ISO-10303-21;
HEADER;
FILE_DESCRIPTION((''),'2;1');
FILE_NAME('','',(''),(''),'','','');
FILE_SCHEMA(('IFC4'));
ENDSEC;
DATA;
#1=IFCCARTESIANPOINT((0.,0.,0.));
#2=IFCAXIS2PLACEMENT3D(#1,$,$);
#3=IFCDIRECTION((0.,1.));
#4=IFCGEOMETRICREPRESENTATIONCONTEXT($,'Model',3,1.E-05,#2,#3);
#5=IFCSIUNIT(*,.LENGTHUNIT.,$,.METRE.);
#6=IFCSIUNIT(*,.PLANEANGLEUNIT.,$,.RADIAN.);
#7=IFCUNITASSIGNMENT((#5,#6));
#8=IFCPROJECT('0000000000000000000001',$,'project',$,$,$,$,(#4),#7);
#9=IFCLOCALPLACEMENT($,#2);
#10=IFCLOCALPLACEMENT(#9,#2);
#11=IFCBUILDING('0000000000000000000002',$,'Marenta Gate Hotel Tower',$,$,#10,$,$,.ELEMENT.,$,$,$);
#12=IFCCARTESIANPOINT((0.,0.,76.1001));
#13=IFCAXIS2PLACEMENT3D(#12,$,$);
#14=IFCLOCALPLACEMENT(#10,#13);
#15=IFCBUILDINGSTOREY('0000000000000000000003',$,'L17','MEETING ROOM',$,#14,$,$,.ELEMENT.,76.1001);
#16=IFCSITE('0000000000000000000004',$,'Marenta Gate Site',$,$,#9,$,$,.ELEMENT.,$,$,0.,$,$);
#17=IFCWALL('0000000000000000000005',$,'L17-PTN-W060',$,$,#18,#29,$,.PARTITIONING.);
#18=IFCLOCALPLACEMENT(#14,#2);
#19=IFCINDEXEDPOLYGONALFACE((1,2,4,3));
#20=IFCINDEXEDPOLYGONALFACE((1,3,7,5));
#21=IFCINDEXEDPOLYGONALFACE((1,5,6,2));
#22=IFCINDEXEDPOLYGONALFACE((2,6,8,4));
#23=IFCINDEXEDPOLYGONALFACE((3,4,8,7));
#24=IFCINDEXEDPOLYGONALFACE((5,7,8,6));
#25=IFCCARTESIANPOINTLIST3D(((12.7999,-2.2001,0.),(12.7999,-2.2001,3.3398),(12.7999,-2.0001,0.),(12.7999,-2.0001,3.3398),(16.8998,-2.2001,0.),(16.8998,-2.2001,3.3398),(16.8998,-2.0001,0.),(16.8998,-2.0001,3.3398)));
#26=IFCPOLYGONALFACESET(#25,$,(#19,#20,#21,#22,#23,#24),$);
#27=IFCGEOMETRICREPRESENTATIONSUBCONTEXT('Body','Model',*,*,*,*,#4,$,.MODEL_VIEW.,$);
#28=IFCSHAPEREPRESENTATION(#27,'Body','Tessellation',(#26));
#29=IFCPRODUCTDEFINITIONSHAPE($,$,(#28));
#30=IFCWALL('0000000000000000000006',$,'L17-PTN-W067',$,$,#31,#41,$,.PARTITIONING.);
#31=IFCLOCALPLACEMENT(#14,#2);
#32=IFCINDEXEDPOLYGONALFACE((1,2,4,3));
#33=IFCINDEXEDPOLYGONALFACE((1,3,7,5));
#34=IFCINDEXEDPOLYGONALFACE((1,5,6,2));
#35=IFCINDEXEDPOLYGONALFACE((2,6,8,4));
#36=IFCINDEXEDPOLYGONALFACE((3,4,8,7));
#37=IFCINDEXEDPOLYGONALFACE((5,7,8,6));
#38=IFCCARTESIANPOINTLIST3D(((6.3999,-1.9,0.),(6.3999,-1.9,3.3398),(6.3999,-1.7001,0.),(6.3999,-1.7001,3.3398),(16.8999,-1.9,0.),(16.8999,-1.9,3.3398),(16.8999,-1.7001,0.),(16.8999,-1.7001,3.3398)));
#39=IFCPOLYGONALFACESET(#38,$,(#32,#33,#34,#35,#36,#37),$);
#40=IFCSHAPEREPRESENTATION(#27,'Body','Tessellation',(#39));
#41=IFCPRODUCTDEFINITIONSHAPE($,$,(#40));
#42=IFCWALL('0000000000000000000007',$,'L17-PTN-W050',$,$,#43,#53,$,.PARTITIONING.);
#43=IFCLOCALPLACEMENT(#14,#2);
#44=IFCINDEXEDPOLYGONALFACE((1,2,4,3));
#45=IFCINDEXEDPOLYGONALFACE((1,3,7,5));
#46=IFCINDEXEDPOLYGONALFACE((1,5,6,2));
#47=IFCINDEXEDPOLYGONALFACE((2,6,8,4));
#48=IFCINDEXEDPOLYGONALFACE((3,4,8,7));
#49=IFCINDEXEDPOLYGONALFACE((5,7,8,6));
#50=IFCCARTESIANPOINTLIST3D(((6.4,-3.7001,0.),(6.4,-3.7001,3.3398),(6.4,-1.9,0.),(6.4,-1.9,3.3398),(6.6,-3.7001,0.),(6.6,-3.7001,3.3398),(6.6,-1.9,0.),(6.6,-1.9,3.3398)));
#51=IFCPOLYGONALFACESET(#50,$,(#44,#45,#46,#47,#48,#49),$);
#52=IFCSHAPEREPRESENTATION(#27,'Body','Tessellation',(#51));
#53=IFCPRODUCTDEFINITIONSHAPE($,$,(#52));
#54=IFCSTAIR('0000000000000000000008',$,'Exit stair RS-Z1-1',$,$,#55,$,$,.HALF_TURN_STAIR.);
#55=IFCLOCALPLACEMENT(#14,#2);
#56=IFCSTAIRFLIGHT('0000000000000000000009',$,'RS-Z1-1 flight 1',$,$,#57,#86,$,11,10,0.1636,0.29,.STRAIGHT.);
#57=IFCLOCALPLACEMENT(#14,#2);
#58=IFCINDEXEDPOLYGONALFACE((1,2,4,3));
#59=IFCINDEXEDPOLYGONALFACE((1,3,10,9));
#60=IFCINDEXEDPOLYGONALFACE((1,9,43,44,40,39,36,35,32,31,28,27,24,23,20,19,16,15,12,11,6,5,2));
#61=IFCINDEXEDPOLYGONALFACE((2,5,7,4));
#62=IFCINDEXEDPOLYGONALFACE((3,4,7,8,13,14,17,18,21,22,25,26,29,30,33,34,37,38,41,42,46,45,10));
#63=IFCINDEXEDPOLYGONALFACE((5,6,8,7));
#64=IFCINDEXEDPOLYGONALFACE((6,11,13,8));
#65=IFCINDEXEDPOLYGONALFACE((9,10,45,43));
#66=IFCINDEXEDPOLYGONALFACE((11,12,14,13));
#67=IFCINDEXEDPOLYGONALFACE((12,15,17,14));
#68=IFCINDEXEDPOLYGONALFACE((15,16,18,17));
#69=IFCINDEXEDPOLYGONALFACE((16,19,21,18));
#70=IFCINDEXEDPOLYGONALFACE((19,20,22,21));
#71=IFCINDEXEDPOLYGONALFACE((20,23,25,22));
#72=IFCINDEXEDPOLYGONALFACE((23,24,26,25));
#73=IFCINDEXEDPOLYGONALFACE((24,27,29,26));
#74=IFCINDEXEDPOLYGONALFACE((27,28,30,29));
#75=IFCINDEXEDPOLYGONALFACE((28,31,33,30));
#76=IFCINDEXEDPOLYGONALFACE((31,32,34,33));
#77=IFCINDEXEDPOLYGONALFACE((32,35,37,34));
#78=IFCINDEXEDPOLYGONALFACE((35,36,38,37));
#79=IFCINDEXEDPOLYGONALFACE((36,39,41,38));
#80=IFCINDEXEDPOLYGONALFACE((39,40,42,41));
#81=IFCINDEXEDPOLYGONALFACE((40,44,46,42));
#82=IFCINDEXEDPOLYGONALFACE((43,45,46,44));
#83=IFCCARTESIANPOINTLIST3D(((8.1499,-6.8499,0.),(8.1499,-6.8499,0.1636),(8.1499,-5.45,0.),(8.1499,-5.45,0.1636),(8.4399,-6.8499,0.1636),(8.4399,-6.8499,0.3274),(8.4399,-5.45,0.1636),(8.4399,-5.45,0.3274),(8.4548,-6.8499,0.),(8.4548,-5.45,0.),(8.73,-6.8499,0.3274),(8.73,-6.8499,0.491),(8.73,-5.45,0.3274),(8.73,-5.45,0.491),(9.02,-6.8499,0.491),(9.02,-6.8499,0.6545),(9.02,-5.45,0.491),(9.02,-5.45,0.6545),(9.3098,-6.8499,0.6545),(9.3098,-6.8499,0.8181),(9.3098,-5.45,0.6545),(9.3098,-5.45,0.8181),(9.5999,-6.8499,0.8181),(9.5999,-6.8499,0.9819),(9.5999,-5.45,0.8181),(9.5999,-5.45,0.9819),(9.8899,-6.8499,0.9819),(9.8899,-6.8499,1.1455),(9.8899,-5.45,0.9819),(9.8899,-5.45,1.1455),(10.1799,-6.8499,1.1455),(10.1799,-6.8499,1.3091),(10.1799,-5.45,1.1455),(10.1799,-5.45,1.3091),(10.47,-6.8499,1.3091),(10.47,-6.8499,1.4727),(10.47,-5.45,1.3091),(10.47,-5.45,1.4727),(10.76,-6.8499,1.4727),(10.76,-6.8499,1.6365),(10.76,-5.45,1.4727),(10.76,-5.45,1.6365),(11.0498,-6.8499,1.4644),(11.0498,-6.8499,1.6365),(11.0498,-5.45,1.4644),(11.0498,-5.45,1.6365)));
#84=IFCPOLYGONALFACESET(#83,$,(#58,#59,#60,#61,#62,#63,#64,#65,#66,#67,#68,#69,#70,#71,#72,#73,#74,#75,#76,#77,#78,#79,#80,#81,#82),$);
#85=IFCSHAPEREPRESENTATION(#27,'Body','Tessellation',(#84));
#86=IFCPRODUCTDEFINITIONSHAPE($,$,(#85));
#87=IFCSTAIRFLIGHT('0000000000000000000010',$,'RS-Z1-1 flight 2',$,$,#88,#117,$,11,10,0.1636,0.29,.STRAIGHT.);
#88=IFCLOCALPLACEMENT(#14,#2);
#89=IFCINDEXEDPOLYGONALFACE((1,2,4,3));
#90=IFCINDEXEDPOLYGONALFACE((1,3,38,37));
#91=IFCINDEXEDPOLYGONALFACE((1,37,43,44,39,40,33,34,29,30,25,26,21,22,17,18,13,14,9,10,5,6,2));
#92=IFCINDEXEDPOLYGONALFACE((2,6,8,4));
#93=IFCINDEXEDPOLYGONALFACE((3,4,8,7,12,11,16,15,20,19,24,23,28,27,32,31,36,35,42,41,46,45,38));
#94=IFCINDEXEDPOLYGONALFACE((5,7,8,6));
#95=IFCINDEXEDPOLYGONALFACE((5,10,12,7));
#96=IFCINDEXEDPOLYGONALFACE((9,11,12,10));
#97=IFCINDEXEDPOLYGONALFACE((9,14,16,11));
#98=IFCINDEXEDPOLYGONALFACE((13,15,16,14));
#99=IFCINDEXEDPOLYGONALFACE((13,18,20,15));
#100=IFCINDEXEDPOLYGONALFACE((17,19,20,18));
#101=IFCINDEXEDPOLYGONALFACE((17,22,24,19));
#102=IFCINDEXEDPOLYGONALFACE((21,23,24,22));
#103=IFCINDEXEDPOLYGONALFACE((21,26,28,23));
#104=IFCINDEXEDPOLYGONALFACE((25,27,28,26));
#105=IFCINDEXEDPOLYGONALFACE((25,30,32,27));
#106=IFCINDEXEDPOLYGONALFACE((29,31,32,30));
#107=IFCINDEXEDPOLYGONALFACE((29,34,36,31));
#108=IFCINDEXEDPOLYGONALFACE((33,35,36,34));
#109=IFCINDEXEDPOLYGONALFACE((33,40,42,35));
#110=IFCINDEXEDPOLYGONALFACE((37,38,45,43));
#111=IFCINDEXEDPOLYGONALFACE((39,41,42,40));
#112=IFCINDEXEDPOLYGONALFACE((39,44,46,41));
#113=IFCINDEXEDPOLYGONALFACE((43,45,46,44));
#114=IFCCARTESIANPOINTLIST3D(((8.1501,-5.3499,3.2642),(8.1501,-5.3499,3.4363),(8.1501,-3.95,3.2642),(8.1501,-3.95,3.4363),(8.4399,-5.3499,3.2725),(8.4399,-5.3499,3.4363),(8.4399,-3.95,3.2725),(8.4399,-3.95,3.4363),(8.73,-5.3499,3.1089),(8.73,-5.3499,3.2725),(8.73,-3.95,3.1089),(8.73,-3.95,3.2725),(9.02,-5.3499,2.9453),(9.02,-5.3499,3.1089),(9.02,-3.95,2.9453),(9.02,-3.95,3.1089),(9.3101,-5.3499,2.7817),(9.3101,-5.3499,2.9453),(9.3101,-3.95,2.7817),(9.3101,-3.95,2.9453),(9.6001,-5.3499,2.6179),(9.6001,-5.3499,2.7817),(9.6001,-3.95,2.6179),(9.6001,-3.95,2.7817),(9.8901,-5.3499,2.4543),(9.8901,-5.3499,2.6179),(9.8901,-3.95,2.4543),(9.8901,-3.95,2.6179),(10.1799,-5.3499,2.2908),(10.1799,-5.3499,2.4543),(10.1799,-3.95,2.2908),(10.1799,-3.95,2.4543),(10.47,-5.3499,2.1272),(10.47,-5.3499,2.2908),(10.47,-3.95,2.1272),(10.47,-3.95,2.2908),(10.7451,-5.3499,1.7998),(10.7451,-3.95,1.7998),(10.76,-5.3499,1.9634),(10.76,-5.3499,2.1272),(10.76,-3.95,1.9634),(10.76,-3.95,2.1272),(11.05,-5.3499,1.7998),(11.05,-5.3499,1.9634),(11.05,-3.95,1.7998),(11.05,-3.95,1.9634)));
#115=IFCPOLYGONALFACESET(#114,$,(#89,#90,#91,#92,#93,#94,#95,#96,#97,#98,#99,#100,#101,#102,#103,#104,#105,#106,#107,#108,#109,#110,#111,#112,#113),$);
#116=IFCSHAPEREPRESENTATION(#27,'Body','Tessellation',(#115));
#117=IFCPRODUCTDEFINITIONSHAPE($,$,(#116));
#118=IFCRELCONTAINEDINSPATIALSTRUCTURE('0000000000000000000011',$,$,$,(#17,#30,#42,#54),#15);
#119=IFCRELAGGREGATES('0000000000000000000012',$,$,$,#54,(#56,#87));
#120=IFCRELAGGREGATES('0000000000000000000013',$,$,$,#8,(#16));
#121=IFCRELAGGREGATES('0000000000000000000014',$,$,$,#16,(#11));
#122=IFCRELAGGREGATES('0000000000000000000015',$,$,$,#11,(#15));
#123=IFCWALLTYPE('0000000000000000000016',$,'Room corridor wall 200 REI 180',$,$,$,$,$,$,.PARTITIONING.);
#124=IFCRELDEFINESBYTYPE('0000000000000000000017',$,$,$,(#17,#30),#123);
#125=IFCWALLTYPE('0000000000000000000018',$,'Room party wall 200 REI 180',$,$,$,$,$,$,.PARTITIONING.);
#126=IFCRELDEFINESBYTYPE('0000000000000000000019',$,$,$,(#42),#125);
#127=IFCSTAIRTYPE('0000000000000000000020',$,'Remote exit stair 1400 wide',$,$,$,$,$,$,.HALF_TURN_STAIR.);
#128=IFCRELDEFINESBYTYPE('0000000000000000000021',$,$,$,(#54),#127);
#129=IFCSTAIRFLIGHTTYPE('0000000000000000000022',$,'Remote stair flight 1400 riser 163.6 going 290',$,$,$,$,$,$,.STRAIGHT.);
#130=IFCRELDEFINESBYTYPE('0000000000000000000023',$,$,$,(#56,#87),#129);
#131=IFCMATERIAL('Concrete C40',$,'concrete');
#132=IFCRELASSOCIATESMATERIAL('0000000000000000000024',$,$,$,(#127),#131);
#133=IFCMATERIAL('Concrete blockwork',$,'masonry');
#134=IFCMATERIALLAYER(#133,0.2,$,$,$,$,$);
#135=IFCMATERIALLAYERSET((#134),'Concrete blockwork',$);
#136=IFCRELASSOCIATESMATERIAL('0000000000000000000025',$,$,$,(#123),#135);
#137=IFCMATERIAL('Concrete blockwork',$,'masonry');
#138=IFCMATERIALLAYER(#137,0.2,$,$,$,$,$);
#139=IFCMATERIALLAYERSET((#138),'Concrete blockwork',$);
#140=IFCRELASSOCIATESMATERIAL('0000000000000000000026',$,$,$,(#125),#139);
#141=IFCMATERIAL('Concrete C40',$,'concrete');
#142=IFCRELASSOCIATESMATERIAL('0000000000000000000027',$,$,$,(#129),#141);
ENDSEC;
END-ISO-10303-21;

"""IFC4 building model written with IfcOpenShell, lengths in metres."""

from ifc_helpers import new_model, si_unit, direction, frame, frame_2d, origin, place, context, subcontext, project, spatial, polyline, rectangle, outline, extrude, material, layer, layer_set, type_object, element, aggregate, save


model = new_model("IFC4")

# Units and contexts
model_context = context("Model", 3, precision=1e-05, world=origin(), true_north=direction((0.0, 1.0)))
body_context = subcontext(model_context, "Body", "Model", "MODEL_VIEW")
ifc_project = project(units=[si_unit("LENGTHUNIT", "METRE"), si_unit("PLANEANGLEUNIT", "RADIAN")], contexts=[model_context])

# Site, building, storey
site_placement = place(None, origin())
site = spatial("IfcSite", under=ifc_project, at=site_placement, Name="Marenta Gate Site", CompositionType="ELEMENT", RefElevation=0.0)
building_placement = place(site_placement, origin())
building = spatial("IfcBuilding", under=site, at=building_placement, Name="Marenta Gate Hotel Tower", CompositionType="ELEMENT")
storey_placement = place(building_placement, frame((0.0, 0.0, 76.1001)))
storey = spatial("IfcBuildingStorey", under=building, at=storey_placement, Name="L17", Description="MEETING ROOM", CompositionType="ELEMENT", Elevation=76.1001)

# Shared definitions
ifc_material_1 = material(Name="Concrete C40", Category="concrete")
stair_type = type_object("IfcStairType", Name="Remote exit stair 1400 wide", PredefinedType="HALF_TURN_STAIR", material=ifc_material_1)

# Shared definitions
ifc_material_2 = material(Name="Concrete blockwork", Category="masonry")
ifc_layer_1 = layer(ifc_material_2, 0.2)
ifc_layer_set_1 = layer_set([ifc_layer_1], Name="Concrete blockwork")
wall_type_1 = type_object("IfcWallType", Name="Room corridor wall 200 REI 180", PredefinedType="PARTITIONING", material=ifc_layer_set_1)

# Walls
wall_1_placement = place(storey_placement, frame((12.8, -2.1001, 0.0), z_axis=(0.0, 0.0, 1.0), x_axis=(1.0, 0.0, 0.0)))
element("IfcWall", 1, at=wall_1_placement, inside=storey, type_object=wall_type_1, Name="L17-PTN-W060", PredefinedType="PARTITIONING", context=body_context, shape_type="SweptSolid", body=[
    extrude(rectangle(XDim=4.0999, YDim=0.2, at=frame_2d((2.0498, 0.0))), origin(), (0.0, 0.0, 1.0), 3.3398),
])
wall_2_placement = place(storey_placement, frame((6.3999, -1.8, 0.0), z_axis=(0.0, 0.0, 1.0), x_axis=(1.0, 0.0, 0.0)))
element("IfcWall", 2, at=wall_2_placement, inside=storey, type_object=wall_type_1, Name="L17-PTN-W067", PredefinedType="PARTITIONING", context=body_context, shape_type="SweptSolid", body=[
    extrude(rectangle(XDim=10.5, YDim=0.2, at=frame_2d((5.25, 0.0))), origin(), (0.0, 0.0, 1.0), 3.3398),
])
ifc_material_3 = material(Name="Concrete blockwork", Category="masonry")
ifc_layer_2 = layer(ifc_material_3, 0.2)
ifc_layer_set_2 = layer_set([ifc_layer_2], Name="Concrete blockwork")
wall_type_2 = type_object("IfcWallType", Name="Room party wall 200 REI 180", PredefinedType="PARTITIONING", material=ifc_layer_set_2)
wall_3_placement = place(storey_placement, frame((6.5, -3.7, 0.0), z_axis=(0.0, 0.0, 1.0), x_axis=(0.0, 1.0, 0.0)))
element("IfcWall", 3, at=wall_3_placement, inside=storey, type_object=wall_type_2, Name="L17-PTN-W050", PredefinedType="PARTITIONING", context=body_context, shape_type="SweptSolid", body=[
    extrude(rectangle(XDim=1.8, YDim=0.2, at=frame_2d((0.8999, 0.0))), origin(), (0.0, 0.0, 1.0), 3.3398),
])

# Stair, stair flights
stair_1_placement = place(storey_placement, origin())
stair_1 = element("IfcStair", 4, at=stair_1_placement, inside=storey, type_object=stair_type, Name="Exit stair RS-Z1-1", PredefinedType="HALF_TURN_STAIR")
ifc_material_4 = material(Name="Concrete C40", Category="concrete")
stair_flight_type = type_object("IfcStairFlightType", Name="Remote stair flight 1400 riser 163.6 going 290", PredefinedType="STRAIGHT", material=ifc_material_4)
stair_flight_1_placement = place(storey_placement, frame((8.1499, -6.1499, 0.0), z_axis=(0.0, 0.0, 1.0), x_axis=(1.0, 0.0, 0.0)))
stair_flight_1 = element("IfcStairFlight", 5, at=stair_flight_1_placement, type_object=stair_flight_type, Name="RS-Z1-1 flight 1", NumberOfRisers=11, NumberOfTreads=10, PredefinedType="STRAIGHT", RiserHeight=0.1636, TreadLength=0.29, context=body_context, shape_type="SweptSolid", body=[
    extrude(outline(polyline([(0.0, 0.0), (0.0, 0.1636), (0.29, 0.1636), (0.29, 0.3274), (0.5801, 0.3274), (0.5801, 0.491), (0.8701, 0.491), (0.8701, 0.6545), (1.1599, 0.6545), (1.1599, 0.8181), (1.45, 0.8181), (1.45, 0.9819), (1.74, 0.9819), (1.74, 1.1455), (2.03, 1.1455), (2.03, 1.3091), (2.3201, 1.3091), (2.3201, 1.4727), (2.6101, 1.4727), (2.6101, 1.6365), (2.8999, 1.6365), (2.8999, 1.8), (2.8999, 1.4644), (0.3049, 0.0), (0.0, 0.0)])), frame((0.0, 0.7, 0.0), z_axis=(0.0, -1.0, 0.0), x_axis=(1.0, 0.0, 0.0)), (0.0, 0.0, 1.0), 1.3999),
])
stair_flight_2_placement = place(storey_placement, frame((11.05, -4.6499, 1.7998), z_axis=(0.0, 0.0, 1.0), x_axis=(-1.0, 0.0, 0.0)))
stair_flight_2 = element("IfcStairFlight", 6, at=stair_flight_2_placement, type_object=stair_flight_type, Name="RS-Z1-1 flight 2", NumberOfRisers=11, NumberOfTreads=10, PredefinedType="STRAIGHT", RiserHeight=0.1636, TreadLength=0.29, context=body_context, shape_type="SweptSolid", body=[
    extrude(outline(polyline([(0.0, 0.0), (0.0, 0.1636), (0.29, 0.1636), (0.29, 0.3274), (0.5801, 0.3274), (0.5801, 0.491), (0.8701, 0.491), (0.8701, 0.6545), (1.1599, 0.6545), (1.1599, 0.8181), (1.45, 0.8181), (1.45, 0.9819), (1.74, 0.9819), (1.74, 1.1455), (2.03, 1.1455), (2.03, 1.3091), (2.3201, 1.3091), (2.3201, 1.4727), (2.6101, 1.4727), (2.6101, 1.6365), (2.8999, 1.6365), (2.8999, 1.8), (2.8999, 1.4644), (0.3049, 0.0), (0.0, 0.0)])), frame((0.0, 0.7, 0.0), z_axis=(0.0, -1.0, 0.0), x_axis=(1.0, 0.0, 0.0)), (0.0, 0.0, 1.0), 1.3999),
])
aggregate(stair_1, [stair_flight_1, stair_flight_2])

save(model, "model.ifc")
